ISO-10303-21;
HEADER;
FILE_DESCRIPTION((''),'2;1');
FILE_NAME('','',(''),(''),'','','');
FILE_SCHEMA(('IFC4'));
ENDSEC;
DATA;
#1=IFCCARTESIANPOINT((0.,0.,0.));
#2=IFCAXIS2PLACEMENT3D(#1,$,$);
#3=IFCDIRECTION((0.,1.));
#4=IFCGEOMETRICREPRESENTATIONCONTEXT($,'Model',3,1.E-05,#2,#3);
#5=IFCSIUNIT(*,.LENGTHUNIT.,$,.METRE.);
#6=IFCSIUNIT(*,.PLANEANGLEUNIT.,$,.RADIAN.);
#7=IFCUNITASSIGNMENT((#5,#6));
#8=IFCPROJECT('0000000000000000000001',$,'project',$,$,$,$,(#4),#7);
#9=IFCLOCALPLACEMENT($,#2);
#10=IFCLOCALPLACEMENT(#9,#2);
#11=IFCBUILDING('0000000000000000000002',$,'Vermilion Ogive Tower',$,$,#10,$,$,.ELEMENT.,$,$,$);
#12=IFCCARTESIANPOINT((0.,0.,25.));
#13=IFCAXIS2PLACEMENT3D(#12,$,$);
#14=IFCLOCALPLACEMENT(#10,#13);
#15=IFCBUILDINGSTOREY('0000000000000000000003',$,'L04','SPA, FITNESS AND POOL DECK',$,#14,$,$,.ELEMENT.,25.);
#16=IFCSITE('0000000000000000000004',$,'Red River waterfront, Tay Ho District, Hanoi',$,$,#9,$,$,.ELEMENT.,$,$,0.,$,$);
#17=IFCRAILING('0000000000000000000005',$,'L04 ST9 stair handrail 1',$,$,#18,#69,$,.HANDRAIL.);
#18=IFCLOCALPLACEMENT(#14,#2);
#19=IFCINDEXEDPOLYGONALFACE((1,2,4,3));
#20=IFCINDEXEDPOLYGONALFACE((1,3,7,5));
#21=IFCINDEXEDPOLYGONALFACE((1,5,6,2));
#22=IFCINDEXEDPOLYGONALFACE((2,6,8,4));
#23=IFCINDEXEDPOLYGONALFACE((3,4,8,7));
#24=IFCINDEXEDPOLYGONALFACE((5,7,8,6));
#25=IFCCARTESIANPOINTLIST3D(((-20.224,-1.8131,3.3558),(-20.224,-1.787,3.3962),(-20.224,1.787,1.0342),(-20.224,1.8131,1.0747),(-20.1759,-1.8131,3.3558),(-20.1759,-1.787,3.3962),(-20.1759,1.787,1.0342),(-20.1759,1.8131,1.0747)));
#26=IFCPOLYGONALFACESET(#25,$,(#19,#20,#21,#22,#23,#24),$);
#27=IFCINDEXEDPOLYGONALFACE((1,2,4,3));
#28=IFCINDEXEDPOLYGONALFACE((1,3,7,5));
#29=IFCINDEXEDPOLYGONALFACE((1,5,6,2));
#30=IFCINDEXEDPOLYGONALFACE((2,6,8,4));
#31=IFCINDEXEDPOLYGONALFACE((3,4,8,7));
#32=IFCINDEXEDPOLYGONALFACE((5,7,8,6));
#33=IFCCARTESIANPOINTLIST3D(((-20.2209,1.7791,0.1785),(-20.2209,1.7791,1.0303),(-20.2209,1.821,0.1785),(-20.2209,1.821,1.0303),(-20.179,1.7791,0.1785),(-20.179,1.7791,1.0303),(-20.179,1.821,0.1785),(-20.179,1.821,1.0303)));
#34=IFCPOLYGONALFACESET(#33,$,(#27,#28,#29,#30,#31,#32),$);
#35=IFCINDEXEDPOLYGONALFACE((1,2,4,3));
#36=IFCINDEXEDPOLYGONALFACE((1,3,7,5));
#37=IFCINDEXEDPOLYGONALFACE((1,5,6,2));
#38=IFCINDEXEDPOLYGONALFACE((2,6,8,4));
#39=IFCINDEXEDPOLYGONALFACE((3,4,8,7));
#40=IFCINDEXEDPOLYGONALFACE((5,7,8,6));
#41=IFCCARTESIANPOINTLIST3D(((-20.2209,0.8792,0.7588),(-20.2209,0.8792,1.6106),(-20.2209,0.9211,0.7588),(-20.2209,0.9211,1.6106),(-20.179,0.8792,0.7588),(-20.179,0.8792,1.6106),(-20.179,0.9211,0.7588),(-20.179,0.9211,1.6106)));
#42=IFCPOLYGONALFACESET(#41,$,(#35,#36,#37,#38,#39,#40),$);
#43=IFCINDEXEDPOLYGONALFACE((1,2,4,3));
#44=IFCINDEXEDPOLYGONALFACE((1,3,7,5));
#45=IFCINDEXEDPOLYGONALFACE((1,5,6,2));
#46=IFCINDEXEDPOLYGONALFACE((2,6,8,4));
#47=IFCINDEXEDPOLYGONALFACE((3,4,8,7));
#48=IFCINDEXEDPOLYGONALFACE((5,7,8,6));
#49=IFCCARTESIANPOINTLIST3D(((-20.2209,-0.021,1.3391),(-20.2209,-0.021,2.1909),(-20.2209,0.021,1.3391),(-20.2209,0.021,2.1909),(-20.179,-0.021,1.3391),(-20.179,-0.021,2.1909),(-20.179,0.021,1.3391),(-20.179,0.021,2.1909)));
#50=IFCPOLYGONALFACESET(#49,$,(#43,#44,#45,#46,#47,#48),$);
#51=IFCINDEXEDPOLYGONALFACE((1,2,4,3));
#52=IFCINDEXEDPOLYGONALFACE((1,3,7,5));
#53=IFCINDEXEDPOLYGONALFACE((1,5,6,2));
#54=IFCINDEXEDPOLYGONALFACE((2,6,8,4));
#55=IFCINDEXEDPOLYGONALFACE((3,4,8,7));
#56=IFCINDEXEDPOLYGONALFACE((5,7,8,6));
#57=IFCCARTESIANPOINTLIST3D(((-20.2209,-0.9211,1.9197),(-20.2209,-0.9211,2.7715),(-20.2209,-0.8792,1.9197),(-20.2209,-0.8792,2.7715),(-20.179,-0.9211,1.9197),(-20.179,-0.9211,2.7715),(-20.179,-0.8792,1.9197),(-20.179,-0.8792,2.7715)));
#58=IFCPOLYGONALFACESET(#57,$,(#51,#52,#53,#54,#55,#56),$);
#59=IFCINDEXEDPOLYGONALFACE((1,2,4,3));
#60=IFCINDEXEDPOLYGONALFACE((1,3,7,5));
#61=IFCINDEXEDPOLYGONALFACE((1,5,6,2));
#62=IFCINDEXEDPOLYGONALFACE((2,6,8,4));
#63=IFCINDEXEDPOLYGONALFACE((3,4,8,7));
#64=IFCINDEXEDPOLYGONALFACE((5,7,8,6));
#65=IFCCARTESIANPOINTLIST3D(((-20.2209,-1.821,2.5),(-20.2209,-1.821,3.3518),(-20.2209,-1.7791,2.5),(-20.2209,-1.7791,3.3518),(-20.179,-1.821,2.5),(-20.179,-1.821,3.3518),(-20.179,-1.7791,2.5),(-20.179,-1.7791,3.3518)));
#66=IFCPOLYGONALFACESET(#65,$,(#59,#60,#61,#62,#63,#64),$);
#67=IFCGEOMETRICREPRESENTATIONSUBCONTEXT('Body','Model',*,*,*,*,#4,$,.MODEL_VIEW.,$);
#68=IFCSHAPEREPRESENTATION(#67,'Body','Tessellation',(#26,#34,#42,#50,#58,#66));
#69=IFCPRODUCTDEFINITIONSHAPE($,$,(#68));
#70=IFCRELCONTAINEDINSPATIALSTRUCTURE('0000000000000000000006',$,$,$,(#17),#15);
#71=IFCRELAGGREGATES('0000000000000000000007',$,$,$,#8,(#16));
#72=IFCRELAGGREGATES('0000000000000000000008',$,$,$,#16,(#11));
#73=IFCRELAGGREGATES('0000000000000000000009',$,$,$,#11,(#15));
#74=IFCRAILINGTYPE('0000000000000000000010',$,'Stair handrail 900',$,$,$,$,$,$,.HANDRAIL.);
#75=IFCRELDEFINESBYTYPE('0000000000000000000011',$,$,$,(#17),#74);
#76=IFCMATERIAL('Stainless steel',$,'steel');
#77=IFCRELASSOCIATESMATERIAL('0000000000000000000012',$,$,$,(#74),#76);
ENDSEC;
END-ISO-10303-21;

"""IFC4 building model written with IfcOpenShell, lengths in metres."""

from ifc_helpers import new_model, si_unit, direction, frame, origin, origin_2d, place, context, subcontext, project, spatial, rectangle, extrude, material, type_object, element, save


model = new_model("IFC4")

# Units and contexts
model_context = context("Model", 3, precision=1e-05, world=origin(), true_north=direction((0.0, 1.0)))
body_context = subcontext(model_context, "Body", "Model", "MODEL_VIEW")
ifc_project = project(units=[si_unit("LENGTHUNIT", "METRE"), si_unit("PLANEANGLEUNIT", "RADIAN")], contexts=[model_context])

# Site, building, storey
site_placement = place(None, origin())
site = spatial("IfcSite", under=ifc_project, at=site_placement, Name="Red River waterfront, Tay Ho District, Hanoi", CompositionType="ELEMENT", RefElevation=0.0)
building_placement = place(site_placement, origin())
building = spatial("IfcBuilding", under=site, at=building_placement, Name="Vermilion Ogive Tower", CompositionType="ELEMENT")
storey_placement = place(building_placement, frame((0.0, 0.0, 25.0)))
storey = spatial("IfcBuildingStorey", under=building, at=storey_placement, Name="L04", Description="SPA, FITNESS AND POOL DECK", CompositionType="ELEMENT", Elevation=25.0)

# Railing
ifc_material_1 = material(Name="Stainless steel", Category="steel")
railing_type_1 = type_object("IfcRailingType", Name="Stair handrail 900", PredefinedType="HANDRAIL", material=ifc_material_1)
railing_1_placement = place(storey_placement, frame((-20.2, 1.8, 0.1785)))
element("IfcRailing", 1, at=railing_1_placement, inside=storey, type_object=railing_type_1, Name="L04 ST9 stair handrail 1", PredefinedType="HANDRAIL", context=body_context, shape_type="SweptSolid", body=[
    extrude(rectangle(XDim=0.0481, YDim=0.0481, at=origin_2d()), frame((0.0, 0.0, 0.876), z_axis=(0.0, -0.840415, 0.541944), x_axis=(1.0, 0.0, 0.0)), (0.0, 0.0, 1.0), 4.2837),
    extrude(rectangle(XDim=0.042, YDim=0.042, at=origin_2d()), origin(), (0.0, 0.0, 1.0), 0.8518),
    extrude(rectangle(XDim=0.042, YDim=0.042, at=origin_2d()), frame((0.0, -0.8999, 0.5803)), (0.0, 0.0, 1.0), 0.8518),
    extrude(rectangle(XDim=0.042, YDim=0.042, at=origin_2d()), frame((0.0, -1.8, 1.1606)), (0.0, 0.0, 1.0), 0.8518),
    extrude(rectangle(XDim=0.042, YDim=0.042, at=origin_2d()), frame((0.0, -2.7002, 1.7412)), (0.0, 0.0, 1.0), 0.8518),
    extrude(rectangle(XDim=0.042, YDim=0.042, at=origin_2d()), frame((0.0, -3.6001, 2.3215)), (0.0, 0.0, 1.0), 0.8518),
])

save(model, "model.ifc")
